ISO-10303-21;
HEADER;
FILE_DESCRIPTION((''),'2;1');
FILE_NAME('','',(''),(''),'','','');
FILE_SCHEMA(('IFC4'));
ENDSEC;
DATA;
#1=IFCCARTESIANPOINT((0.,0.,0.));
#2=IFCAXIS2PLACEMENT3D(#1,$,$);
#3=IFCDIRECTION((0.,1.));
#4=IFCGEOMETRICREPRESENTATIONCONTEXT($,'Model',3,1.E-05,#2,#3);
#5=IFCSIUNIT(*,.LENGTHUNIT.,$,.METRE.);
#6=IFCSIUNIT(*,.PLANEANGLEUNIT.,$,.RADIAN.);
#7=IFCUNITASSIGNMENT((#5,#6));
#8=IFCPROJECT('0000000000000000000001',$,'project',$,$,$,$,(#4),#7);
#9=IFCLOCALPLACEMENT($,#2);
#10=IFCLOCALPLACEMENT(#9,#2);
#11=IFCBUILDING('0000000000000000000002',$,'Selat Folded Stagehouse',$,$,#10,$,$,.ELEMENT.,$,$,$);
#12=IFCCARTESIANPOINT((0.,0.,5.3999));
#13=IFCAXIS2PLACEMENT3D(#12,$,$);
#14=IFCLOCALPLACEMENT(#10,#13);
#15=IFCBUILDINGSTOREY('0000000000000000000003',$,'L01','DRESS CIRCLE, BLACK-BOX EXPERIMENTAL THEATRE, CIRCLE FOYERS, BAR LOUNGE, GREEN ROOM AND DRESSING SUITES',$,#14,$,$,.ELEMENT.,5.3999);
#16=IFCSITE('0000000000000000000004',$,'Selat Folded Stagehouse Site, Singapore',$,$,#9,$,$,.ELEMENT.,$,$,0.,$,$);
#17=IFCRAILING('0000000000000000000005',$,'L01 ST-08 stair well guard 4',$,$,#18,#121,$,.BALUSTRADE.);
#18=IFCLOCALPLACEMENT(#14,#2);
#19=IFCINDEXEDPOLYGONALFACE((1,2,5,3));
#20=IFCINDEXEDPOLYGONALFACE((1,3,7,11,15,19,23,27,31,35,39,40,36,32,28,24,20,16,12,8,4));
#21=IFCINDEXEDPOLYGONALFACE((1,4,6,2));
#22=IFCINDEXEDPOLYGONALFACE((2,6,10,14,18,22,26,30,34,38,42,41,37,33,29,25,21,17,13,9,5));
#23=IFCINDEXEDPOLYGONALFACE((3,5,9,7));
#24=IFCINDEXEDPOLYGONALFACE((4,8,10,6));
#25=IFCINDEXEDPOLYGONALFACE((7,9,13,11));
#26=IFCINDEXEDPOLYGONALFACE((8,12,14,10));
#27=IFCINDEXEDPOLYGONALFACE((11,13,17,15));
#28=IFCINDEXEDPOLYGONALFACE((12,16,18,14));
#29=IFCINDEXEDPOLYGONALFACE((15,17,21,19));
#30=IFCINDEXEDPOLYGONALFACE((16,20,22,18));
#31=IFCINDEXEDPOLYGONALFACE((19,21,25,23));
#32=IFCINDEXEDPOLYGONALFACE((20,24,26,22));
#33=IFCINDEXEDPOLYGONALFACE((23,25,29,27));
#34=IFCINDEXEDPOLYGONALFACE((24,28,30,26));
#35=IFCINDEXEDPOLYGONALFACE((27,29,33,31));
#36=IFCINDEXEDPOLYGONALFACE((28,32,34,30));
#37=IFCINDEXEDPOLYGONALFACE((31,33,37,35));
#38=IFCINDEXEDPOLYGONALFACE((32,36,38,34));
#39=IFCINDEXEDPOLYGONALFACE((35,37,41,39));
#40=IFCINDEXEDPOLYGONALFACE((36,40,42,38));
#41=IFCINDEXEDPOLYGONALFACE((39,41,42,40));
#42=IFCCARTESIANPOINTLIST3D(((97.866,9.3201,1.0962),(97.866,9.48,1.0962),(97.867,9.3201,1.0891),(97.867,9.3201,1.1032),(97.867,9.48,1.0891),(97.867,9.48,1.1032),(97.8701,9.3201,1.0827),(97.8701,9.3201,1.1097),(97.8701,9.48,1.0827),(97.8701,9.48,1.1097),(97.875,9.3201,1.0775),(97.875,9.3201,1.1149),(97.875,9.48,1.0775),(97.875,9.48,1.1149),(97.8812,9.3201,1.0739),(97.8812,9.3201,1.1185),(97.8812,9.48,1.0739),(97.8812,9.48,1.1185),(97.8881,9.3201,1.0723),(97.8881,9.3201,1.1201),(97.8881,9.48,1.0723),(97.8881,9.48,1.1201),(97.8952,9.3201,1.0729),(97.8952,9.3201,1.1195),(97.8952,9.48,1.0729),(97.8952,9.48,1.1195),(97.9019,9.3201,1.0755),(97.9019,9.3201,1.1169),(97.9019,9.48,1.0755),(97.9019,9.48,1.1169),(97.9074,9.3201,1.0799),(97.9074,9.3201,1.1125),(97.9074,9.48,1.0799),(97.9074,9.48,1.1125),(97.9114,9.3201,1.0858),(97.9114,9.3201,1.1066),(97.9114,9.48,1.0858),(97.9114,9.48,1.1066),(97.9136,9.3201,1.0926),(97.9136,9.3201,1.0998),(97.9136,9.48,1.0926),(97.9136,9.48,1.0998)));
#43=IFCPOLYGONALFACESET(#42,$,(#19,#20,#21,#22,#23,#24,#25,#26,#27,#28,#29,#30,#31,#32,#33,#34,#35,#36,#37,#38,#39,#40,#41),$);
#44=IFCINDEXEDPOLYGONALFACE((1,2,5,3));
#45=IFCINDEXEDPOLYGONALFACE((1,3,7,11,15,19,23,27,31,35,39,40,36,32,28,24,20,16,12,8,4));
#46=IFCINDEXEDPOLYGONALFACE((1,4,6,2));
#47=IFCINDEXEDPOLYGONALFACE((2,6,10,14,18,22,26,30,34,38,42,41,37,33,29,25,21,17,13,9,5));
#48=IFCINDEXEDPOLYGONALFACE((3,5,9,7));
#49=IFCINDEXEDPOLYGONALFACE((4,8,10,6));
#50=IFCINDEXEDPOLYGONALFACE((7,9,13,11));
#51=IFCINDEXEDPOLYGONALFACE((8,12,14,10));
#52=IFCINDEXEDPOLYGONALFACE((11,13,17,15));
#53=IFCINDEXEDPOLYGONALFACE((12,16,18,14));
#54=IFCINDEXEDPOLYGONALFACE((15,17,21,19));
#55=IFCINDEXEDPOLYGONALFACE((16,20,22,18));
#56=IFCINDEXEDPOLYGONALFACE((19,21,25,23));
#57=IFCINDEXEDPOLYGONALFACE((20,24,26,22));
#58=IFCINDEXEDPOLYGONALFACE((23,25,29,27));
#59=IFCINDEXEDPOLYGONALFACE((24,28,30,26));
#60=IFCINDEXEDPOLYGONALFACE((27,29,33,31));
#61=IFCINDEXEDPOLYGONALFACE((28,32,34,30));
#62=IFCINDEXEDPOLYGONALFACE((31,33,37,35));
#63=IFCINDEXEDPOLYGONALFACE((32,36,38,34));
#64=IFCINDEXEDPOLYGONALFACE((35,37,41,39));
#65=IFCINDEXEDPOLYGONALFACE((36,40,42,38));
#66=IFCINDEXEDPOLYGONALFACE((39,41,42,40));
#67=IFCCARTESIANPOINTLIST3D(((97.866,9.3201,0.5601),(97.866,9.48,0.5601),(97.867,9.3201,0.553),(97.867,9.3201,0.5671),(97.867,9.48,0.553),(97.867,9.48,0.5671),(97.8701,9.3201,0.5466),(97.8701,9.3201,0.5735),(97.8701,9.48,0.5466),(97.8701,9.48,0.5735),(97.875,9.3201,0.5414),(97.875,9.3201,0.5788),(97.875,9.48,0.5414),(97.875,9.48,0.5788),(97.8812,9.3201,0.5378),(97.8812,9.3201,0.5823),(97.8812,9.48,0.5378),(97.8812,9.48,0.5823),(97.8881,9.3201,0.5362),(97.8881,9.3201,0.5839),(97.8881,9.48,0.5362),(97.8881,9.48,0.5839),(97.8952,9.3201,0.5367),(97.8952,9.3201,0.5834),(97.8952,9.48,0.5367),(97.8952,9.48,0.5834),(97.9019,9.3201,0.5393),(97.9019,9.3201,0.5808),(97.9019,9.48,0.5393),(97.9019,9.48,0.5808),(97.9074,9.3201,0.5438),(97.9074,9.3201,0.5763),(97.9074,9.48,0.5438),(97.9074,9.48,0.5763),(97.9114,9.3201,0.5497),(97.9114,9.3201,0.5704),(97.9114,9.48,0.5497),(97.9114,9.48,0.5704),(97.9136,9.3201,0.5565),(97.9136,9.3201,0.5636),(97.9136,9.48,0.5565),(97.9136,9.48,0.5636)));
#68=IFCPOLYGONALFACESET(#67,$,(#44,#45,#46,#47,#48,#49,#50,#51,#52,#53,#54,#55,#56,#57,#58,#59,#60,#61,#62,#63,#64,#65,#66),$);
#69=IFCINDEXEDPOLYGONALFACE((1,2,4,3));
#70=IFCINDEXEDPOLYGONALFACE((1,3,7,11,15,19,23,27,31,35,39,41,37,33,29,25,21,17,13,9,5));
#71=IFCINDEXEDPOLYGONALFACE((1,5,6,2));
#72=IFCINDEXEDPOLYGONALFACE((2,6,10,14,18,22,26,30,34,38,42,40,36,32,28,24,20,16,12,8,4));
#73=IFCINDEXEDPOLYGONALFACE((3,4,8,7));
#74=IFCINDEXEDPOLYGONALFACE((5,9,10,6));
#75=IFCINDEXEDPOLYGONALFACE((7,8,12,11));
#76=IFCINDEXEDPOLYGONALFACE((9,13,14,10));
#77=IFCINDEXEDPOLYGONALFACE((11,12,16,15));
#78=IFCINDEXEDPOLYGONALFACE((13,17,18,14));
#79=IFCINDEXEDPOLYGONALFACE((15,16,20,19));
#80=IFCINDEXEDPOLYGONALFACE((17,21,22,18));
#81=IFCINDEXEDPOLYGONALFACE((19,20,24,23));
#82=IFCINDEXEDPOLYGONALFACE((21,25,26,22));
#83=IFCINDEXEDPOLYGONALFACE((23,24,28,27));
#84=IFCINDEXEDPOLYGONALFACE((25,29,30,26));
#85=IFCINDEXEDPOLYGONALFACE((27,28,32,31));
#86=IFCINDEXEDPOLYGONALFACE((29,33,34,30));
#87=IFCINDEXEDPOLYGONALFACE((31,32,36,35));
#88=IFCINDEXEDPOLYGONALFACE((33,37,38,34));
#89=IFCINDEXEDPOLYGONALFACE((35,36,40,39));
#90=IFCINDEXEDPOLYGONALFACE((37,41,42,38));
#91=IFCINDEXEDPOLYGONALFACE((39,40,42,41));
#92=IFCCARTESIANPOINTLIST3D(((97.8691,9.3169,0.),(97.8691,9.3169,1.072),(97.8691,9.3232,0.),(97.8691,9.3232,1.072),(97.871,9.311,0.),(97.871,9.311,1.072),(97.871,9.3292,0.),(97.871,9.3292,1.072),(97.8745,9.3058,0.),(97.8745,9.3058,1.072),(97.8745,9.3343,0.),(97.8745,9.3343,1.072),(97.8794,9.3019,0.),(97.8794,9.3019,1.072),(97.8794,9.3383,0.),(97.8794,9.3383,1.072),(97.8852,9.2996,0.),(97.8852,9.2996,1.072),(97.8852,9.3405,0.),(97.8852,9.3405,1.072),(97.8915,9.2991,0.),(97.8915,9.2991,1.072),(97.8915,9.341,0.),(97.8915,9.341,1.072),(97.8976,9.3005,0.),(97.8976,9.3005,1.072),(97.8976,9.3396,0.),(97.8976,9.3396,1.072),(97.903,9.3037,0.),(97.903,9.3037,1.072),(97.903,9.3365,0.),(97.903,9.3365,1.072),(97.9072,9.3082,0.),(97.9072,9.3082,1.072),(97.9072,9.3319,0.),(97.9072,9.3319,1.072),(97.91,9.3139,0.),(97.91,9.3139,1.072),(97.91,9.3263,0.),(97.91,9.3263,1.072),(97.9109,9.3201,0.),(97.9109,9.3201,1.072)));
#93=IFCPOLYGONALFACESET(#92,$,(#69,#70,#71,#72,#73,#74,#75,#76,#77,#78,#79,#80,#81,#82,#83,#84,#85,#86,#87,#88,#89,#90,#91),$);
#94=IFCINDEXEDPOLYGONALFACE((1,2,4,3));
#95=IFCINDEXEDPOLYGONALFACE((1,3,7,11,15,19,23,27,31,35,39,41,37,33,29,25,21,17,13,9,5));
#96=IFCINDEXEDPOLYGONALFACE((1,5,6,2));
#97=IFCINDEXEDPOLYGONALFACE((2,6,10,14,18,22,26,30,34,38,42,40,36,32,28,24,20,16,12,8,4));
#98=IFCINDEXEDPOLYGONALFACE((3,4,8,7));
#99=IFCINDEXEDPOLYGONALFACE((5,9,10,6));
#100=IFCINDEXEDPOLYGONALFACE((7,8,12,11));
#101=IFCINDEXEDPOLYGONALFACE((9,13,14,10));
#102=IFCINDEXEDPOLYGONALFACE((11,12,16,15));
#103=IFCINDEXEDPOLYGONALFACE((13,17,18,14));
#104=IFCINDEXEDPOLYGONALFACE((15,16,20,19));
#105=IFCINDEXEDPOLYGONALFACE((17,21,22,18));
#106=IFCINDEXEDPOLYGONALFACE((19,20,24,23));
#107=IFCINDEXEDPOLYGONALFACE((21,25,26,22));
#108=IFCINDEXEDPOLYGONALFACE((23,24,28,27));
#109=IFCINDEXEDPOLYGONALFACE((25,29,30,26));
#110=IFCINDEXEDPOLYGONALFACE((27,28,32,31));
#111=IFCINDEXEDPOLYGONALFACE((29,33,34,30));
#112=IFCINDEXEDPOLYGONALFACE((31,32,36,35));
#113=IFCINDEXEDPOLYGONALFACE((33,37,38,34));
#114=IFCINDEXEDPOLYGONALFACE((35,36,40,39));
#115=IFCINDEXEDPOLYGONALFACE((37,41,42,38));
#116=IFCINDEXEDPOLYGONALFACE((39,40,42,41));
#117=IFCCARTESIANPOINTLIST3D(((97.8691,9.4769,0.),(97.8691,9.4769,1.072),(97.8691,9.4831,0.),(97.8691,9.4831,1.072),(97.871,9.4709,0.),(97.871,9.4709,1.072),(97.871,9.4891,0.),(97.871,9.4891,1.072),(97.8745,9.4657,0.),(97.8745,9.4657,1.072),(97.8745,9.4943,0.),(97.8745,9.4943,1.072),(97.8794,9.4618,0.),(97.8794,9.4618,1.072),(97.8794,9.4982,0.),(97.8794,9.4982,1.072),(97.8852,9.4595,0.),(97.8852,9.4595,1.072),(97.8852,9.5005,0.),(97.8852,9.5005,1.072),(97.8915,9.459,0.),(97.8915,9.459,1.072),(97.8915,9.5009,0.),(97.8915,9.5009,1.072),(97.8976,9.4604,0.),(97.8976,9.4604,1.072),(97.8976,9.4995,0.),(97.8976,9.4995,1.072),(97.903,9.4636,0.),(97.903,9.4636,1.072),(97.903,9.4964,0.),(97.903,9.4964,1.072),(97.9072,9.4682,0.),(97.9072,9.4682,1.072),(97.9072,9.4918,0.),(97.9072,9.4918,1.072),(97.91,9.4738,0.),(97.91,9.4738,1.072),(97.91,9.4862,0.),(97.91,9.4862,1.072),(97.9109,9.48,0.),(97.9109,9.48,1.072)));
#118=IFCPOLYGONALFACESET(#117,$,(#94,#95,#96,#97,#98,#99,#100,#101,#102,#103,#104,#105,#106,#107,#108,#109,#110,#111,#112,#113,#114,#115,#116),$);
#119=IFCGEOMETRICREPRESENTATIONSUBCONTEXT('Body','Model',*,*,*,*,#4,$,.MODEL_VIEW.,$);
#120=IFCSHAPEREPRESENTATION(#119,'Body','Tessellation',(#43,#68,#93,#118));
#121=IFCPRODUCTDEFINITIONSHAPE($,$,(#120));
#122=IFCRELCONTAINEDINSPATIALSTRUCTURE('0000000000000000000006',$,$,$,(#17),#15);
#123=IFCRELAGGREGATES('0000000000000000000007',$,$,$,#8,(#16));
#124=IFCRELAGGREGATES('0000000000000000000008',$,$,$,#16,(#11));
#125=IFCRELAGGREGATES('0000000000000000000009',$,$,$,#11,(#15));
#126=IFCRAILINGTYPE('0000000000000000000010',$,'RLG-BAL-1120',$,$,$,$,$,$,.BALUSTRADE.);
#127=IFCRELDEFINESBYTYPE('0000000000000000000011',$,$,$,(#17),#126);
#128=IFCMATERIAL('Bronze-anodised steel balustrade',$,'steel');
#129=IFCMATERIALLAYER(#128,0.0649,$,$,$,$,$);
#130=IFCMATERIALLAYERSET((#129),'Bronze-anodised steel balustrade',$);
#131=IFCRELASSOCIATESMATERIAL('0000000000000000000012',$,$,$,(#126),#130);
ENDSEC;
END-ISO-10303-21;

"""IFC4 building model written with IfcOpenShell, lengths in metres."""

from ifc_helpers import new_model, si_unit, direction, frame, origin, origin_2d, place, context, subcontext, project, spatial, circle, extrude, material, layer, layer_set, type_object, element, save


model = new_model("IFC4")

# Units and contexts
model_context = context("Model", 3, precision=1e-05, world=origin(), true_north=direction((0.0, 1.0)))
body_context = subcontext(model_context, "Body", "Model", "MODEL_VIEW")
ifc_project = project(units=[si_unit("LENGTHUNIT", "METRE"), si_unit("PLANEANGLEUNIT", "RADIAN")], contexts=[model_context])

# Site, building, storey
site_placement = place(None, origin())
site = spatial("IfcSite", under=ifc_project, at=site_placement, Name="Selat Folded Stagehouse Site, Singapore", CompositionType="ELEMENT", RefElevation=0.0)
building_placement = place(site_placement, origin())
building = spatial("IfcBuilding", under=site, at=building_placement, Name="Selat Folded Stagehouse", CompositionType="ELEMENT")
storey_placement = place(building_placement, frame((0.0, 0.0, 5.3999)))
storey = spatial("IfcBuildingStorey", under=building, at=storey_placement, Name="L01", Description="DRESS CIRCLE, BLACK-BOX EXPERIMENTAL THEATRE, CIRCLE FOYERS, BAR LOUNGE, GREEN ROOM AND DRESSING SUITES", CompositionType="ELEMENT", Elevation=5.3999)

# Railing
ifc_material_1 = material(Name="Bronze-anodised steel balustrade", Category="steel")
ifc_layer_1 = layer(ifc_material_1, 0.0649)
ifc_layer_set_1 = layer_set([ifc_layer_1], Name="Bronze-anodised steel balustrade")
railing_type_1 = type_object("IfcRailingType", Name="RLG-BAL-1120", PredefinedType="BALUSTRADE", material=ifc_layer_set_1)
railing_1_placement = place(storey_placement, frame((97.8899, 9.3201, 0.0)))
element("IfcRailing", 1, at=railing_1_placement, inside=storey, type_object=railing_type_1, Name="L01 ST-08 stair well guard 4", PredefinedType="BALUSTRADE", context=body_context, shape_type="SweptSolid", body=[
    extrude(circle(Radius=0.0239, at=origin_2d()), frame((0.0, 0.0, 1.0962), z_axis=(0.0, 1.0, 0.0), x_axis=(-1.0, 0.0, 0.0)), (0.0, 0.0, 1.0), 0.1599),
    extrude(circle(Radius=0.0239, at=origin_2d()), frame((0.0, 0.0, 0.5601), z_axis=(0.0, 1.0, 0.0), x_axis=(-1.0, 0.0, 0.0)), (0.0, 0.0, 1.0), 0.1599),
    extrude(circle(Radius=0.021, at=origin_2d()), origin(), (0.0, 0.0, 1.0), 1.072),
    extrude(circle(Radius=0.021, at=origin_2d()), frame((0.0, 0.1599, 0.0)), (0.0, 0.0, 1.0), 1.072),
])

save(model, "model.ifc")
